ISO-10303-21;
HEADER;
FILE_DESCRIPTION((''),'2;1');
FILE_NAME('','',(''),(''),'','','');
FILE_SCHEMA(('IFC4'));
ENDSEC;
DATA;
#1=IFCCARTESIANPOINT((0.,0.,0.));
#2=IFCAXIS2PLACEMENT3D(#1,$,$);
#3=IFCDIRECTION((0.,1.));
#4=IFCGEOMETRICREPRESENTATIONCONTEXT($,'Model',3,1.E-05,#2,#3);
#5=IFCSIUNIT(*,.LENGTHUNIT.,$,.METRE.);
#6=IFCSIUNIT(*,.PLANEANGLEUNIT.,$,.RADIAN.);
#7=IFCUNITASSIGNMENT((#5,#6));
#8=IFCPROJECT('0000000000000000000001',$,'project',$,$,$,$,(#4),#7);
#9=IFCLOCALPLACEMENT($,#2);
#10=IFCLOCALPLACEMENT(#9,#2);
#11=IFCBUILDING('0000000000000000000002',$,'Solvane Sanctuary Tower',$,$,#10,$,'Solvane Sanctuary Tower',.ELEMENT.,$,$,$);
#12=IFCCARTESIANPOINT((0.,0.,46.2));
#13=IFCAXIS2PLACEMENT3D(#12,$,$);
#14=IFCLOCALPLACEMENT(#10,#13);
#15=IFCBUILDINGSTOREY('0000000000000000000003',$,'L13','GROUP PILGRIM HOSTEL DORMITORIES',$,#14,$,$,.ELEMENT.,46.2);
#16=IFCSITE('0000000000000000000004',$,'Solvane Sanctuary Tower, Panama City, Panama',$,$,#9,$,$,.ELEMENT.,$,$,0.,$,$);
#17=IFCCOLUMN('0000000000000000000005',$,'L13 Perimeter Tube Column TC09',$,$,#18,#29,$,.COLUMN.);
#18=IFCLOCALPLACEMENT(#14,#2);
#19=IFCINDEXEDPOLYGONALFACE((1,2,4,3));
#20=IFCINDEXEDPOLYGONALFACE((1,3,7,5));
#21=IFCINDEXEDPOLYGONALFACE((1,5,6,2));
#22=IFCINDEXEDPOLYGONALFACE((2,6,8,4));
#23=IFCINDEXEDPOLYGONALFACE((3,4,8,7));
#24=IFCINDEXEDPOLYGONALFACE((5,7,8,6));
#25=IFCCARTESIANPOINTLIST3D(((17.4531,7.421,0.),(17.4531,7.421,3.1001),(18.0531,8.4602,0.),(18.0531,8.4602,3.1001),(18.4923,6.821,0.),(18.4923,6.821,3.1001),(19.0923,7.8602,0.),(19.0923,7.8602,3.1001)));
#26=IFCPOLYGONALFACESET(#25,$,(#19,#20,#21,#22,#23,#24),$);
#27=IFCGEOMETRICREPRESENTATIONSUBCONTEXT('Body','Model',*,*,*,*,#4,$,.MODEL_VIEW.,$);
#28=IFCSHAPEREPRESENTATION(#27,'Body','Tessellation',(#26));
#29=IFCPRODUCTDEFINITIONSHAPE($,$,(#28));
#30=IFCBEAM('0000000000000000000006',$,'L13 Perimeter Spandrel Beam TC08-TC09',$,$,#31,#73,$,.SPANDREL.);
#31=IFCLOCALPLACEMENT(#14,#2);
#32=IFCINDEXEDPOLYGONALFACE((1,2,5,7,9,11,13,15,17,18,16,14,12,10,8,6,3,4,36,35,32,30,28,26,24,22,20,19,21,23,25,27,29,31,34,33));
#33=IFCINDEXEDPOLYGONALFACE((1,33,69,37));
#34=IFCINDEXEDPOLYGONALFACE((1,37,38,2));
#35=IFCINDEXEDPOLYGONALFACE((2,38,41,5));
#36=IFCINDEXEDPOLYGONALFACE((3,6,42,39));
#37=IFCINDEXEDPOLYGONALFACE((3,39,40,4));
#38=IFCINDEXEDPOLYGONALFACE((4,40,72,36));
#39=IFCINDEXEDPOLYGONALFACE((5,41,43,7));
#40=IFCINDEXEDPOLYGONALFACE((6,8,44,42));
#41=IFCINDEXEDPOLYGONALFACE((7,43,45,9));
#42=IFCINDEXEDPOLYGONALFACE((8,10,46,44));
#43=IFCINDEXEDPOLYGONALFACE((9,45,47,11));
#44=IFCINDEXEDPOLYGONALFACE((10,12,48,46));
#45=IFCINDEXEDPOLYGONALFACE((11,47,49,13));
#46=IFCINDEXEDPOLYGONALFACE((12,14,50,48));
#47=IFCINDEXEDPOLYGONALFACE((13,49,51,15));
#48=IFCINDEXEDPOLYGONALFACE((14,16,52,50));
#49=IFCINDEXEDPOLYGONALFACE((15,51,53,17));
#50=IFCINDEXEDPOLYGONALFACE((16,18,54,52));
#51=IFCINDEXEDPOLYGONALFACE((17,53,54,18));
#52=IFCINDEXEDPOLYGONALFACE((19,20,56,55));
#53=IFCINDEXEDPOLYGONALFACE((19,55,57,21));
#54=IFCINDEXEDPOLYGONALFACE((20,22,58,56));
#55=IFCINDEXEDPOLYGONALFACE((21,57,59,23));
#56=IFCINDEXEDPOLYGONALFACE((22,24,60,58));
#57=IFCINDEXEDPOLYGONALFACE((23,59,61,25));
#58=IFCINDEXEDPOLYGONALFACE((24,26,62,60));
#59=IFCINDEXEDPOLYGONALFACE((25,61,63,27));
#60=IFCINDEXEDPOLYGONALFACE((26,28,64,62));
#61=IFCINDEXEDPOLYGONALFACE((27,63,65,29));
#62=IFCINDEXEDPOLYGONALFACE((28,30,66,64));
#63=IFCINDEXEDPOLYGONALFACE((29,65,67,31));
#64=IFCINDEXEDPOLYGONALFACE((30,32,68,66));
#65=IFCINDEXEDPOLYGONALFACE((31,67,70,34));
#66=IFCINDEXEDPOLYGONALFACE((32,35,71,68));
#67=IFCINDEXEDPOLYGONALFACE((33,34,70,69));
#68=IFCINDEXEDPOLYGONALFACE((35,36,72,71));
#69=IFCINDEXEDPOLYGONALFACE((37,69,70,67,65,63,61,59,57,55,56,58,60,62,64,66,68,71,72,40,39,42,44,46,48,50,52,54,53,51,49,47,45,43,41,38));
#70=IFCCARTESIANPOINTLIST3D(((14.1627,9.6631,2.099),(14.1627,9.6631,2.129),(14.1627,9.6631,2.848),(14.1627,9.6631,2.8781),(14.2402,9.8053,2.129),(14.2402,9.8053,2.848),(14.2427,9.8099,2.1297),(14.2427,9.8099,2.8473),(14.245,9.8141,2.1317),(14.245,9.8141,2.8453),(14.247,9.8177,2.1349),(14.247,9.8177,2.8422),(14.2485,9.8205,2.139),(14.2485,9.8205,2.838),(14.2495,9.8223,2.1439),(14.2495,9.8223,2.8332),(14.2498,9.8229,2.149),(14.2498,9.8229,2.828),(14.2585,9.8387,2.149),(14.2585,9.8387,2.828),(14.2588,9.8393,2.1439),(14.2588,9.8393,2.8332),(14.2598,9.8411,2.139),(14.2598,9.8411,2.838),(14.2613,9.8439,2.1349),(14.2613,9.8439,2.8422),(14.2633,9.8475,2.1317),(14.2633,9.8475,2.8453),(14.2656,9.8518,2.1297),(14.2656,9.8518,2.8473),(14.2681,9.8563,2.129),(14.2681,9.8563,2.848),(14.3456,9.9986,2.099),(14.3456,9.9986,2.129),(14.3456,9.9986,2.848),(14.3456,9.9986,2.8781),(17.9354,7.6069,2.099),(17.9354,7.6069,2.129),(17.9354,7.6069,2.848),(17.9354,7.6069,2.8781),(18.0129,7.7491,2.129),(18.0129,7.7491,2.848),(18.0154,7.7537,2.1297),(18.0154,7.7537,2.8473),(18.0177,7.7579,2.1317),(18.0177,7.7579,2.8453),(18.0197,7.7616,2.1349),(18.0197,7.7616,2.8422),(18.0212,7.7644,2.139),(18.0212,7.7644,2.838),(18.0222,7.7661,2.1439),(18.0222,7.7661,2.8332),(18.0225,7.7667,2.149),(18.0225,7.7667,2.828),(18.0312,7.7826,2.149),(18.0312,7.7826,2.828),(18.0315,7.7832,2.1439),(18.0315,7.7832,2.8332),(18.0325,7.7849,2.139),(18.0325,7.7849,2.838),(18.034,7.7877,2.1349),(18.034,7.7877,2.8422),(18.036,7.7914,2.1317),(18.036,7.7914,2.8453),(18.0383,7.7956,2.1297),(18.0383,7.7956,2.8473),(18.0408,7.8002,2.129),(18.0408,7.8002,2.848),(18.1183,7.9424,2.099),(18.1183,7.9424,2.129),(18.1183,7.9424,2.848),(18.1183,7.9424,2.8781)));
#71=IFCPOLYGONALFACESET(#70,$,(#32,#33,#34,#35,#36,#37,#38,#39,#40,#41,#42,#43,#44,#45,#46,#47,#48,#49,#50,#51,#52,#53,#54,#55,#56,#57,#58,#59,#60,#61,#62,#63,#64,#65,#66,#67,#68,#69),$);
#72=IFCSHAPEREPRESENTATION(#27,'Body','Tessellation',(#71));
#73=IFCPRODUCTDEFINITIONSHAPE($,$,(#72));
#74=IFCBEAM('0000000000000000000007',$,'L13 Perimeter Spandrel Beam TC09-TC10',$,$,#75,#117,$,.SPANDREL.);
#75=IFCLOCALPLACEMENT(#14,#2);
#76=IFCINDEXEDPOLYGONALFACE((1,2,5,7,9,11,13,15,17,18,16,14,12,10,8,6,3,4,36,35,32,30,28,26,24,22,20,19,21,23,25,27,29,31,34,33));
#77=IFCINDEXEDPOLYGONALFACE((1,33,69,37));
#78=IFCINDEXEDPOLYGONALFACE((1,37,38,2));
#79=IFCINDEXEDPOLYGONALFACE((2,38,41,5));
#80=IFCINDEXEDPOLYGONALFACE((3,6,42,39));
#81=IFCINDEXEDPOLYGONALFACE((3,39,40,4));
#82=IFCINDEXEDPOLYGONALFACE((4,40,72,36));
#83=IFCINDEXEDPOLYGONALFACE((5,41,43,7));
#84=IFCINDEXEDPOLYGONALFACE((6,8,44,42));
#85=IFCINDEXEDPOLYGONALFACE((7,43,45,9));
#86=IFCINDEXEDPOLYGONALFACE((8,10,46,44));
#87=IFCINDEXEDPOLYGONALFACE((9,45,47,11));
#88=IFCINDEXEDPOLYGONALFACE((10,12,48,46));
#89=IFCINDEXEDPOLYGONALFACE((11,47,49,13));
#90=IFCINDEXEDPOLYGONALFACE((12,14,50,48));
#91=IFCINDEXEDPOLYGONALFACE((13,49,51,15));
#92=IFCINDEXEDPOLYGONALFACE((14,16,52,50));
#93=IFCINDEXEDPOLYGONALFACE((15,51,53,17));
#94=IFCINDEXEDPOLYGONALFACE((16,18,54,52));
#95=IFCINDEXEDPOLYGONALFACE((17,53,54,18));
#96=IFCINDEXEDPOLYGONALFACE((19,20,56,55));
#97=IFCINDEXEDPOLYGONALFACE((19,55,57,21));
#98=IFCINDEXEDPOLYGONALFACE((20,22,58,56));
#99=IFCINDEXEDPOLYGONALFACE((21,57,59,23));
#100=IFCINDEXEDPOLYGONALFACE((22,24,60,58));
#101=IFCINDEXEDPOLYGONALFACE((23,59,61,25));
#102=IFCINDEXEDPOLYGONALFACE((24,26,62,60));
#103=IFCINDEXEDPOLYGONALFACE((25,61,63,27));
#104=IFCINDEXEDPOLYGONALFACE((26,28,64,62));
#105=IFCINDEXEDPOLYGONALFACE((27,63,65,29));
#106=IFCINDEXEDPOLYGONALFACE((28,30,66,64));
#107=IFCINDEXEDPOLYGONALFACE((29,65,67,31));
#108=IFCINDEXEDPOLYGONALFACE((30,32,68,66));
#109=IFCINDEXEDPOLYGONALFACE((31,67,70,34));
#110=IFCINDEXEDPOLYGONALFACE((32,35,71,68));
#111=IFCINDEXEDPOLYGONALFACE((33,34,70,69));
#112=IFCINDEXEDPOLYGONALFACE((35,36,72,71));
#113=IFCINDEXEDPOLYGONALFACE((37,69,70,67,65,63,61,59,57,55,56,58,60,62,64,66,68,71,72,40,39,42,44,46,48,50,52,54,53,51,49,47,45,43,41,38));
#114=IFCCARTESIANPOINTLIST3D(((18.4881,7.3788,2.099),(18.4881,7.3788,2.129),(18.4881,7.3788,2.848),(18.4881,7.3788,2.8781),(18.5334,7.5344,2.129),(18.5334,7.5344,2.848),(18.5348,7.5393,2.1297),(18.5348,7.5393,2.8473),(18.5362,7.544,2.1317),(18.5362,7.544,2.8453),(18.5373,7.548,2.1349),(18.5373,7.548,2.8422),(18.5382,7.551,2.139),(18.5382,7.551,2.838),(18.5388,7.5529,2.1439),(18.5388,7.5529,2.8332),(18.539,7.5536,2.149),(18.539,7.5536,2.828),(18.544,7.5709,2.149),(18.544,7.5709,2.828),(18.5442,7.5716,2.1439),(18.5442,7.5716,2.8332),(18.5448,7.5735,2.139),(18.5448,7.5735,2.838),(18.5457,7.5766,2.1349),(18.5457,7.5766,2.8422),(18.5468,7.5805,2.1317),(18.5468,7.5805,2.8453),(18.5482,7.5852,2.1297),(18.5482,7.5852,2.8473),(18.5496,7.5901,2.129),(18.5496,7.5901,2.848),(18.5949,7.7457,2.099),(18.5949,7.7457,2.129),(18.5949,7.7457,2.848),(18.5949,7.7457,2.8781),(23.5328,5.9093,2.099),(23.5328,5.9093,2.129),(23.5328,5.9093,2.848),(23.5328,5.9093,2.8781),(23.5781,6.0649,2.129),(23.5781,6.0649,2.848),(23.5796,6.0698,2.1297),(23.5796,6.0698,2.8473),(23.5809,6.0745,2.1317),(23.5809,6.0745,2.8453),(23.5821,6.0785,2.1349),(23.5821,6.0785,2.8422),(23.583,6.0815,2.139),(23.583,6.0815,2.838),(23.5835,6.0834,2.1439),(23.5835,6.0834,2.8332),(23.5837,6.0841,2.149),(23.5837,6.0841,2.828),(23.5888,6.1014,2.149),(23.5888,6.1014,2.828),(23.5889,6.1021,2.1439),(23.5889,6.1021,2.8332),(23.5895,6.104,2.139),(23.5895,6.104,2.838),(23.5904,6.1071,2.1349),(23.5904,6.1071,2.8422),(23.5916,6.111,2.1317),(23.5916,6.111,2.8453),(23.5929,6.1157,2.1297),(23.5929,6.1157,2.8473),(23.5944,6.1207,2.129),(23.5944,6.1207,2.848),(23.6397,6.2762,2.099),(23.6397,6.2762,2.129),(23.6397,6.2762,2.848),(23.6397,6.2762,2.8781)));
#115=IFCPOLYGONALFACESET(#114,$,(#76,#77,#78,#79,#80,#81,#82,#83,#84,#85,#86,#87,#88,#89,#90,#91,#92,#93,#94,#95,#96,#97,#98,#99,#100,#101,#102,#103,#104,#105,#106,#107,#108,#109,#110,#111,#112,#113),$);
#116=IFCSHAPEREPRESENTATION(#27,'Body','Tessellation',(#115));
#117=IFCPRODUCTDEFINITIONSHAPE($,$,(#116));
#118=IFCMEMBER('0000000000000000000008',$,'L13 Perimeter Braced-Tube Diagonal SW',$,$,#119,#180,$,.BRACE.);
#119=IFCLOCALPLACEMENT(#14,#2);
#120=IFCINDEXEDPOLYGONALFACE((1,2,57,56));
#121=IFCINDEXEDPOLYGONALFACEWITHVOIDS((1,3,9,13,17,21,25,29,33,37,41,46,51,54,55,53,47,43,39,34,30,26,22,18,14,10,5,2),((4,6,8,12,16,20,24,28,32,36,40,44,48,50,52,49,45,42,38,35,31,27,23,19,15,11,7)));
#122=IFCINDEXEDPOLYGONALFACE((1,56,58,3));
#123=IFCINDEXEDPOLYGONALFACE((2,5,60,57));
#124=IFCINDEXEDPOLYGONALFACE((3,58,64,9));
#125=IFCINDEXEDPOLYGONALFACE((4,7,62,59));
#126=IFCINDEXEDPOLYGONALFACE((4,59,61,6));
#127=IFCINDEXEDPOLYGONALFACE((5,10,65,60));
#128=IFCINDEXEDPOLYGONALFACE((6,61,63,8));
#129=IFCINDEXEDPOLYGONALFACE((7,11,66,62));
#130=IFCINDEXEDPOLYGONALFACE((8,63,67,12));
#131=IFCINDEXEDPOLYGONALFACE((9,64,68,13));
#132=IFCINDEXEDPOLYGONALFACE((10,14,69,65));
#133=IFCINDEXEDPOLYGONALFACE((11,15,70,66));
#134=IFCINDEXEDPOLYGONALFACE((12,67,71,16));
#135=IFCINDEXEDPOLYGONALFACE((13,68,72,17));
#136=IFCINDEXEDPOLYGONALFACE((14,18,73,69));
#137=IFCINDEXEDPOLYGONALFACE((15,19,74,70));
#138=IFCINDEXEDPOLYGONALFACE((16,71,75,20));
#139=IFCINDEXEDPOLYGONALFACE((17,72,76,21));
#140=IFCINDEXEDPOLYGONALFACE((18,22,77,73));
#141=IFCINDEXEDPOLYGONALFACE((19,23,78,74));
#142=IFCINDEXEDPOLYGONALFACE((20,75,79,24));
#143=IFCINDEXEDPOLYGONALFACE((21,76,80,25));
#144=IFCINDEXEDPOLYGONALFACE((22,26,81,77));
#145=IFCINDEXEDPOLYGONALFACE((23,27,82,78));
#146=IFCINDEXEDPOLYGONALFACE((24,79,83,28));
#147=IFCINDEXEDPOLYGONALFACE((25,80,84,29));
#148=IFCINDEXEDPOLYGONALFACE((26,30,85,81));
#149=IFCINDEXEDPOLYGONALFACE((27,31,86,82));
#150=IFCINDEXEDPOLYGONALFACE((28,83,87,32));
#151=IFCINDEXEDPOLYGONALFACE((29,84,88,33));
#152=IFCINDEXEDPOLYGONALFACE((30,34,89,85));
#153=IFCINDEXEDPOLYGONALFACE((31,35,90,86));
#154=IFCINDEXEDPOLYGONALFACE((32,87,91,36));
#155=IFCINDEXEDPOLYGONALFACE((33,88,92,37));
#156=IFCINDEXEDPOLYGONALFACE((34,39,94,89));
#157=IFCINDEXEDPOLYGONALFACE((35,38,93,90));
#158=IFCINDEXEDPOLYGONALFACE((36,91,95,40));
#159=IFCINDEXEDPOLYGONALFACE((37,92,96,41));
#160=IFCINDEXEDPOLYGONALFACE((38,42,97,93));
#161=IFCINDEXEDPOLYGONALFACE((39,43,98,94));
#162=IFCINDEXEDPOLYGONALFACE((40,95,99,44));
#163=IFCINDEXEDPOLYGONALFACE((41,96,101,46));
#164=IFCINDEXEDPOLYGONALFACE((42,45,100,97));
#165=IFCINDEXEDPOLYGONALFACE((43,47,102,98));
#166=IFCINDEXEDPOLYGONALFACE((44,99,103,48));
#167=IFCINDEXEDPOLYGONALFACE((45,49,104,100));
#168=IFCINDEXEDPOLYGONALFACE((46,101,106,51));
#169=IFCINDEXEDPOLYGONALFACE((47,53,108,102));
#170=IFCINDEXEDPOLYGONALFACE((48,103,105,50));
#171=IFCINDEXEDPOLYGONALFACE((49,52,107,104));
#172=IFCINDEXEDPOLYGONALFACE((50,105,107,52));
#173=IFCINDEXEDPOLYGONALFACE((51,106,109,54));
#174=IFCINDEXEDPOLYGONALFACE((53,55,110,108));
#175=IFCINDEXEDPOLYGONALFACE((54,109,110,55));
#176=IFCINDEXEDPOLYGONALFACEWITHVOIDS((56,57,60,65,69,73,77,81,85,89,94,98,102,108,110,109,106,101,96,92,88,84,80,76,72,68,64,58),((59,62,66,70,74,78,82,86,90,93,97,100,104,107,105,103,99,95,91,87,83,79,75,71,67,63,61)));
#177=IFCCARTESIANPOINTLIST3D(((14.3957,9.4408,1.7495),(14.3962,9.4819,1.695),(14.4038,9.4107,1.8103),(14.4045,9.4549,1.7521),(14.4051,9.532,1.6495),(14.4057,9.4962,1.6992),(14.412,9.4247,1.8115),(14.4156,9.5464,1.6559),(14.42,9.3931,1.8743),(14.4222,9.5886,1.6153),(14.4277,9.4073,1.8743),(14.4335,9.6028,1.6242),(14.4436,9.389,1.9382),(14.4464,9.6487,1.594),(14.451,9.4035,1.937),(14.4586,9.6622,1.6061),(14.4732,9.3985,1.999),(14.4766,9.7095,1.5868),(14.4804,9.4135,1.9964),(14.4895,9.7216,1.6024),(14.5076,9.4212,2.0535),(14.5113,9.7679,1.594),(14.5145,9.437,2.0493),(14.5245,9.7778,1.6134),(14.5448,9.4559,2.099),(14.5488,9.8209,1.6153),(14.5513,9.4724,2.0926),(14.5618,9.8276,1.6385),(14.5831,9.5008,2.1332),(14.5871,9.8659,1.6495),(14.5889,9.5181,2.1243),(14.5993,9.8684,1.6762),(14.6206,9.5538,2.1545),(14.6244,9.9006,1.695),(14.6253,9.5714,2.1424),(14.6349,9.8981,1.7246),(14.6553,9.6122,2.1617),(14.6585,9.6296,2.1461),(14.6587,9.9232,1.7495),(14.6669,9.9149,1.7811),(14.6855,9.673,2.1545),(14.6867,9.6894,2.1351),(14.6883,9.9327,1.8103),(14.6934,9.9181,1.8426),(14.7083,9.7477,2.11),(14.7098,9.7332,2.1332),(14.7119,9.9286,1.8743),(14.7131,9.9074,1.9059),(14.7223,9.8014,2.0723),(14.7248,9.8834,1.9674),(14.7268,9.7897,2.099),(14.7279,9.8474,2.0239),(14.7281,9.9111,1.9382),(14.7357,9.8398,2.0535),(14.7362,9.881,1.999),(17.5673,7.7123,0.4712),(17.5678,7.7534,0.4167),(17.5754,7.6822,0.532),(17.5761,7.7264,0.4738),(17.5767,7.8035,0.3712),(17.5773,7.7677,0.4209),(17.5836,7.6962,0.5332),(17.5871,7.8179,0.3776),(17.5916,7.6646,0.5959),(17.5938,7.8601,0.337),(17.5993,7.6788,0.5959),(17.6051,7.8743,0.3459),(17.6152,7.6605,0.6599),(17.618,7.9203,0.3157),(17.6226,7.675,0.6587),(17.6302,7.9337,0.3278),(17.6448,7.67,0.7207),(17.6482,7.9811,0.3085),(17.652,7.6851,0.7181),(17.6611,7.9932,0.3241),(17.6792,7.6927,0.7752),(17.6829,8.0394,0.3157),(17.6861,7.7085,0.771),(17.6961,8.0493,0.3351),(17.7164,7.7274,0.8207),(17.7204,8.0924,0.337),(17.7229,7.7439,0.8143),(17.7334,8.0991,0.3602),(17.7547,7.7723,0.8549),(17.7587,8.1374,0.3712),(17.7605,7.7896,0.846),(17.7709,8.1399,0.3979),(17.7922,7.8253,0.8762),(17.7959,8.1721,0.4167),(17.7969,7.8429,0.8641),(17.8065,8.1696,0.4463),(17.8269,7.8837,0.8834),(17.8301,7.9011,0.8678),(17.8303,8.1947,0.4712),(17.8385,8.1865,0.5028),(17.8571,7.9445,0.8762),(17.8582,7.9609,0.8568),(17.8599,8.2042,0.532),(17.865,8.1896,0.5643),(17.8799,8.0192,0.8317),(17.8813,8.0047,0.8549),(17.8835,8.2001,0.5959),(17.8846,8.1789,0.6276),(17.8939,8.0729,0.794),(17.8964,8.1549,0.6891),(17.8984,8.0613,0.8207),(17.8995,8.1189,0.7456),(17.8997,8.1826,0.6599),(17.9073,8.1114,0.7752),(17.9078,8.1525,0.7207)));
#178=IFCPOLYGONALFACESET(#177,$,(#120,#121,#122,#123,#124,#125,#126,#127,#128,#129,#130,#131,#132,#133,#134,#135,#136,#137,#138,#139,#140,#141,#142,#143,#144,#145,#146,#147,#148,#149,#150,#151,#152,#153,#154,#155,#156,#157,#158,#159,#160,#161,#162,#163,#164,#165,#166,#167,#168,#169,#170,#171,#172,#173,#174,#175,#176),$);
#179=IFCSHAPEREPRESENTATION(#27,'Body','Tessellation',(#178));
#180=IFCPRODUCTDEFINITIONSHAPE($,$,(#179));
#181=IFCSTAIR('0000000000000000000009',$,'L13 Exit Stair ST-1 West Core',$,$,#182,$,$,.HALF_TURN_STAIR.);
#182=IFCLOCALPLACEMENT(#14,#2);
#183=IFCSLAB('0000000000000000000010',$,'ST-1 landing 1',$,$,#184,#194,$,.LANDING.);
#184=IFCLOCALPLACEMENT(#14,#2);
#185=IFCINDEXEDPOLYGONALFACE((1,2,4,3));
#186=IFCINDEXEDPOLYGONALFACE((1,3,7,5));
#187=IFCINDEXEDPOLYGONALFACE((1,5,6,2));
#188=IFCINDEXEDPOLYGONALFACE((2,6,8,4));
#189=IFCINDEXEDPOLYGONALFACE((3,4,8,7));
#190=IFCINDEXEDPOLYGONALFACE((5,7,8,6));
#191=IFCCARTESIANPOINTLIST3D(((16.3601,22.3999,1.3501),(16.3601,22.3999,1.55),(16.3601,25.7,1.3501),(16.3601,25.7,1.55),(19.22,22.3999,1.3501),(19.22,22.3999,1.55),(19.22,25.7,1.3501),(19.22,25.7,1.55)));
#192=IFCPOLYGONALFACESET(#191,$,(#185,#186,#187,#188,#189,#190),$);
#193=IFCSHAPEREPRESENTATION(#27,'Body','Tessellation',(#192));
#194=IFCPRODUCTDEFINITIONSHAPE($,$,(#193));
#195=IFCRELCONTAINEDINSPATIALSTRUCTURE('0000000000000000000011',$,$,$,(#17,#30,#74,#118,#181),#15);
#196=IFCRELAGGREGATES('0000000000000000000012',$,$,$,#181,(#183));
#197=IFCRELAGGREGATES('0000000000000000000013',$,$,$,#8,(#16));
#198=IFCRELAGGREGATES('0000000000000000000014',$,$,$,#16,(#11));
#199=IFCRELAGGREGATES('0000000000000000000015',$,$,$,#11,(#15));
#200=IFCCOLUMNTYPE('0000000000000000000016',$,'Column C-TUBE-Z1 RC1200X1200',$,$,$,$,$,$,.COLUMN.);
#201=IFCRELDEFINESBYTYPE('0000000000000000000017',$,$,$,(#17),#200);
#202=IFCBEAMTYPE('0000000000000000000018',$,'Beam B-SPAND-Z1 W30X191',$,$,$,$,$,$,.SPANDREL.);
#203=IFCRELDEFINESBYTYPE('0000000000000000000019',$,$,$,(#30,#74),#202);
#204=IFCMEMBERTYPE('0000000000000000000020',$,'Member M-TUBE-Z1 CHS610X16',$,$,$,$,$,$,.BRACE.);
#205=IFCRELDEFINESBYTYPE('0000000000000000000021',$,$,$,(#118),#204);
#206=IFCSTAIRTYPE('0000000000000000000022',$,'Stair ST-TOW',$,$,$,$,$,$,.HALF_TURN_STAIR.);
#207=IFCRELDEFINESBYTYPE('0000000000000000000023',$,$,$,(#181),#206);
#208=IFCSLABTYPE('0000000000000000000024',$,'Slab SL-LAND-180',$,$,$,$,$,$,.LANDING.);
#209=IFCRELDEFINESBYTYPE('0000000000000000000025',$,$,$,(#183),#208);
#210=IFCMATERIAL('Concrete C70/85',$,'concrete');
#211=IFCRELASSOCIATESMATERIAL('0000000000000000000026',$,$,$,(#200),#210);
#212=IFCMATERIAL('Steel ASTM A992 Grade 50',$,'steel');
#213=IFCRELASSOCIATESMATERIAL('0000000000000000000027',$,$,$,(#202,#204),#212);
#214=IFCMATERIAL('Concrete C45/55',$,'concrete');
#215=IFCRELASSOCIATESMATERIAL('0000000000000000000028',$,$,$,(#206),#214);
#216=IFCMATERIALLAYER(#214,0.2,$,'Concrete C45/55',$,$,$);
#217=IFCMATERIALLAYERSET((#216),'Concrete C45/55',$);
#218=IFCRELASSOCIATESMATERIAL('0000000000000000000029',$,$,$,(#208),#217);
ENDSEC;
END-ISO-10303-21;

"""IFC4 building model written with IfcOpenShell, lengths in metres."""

from ifc_helpers import new_model, si_unit, direction, frame, origin, origin_2d, place, context, subcontext, project, spatial, polyline, rectangle, hollow_circle, i_section, outline, extrude, material, layer, layer_set, material_profile, profile_set, type_object, element, aggregate, save


model = new_model("IFC4")

# Units and contexts
model_context = context("Model", 3, precision=1e-05, world=origin(), true_north=direction((0.0, 1.0)))
body_context = subcontext(model_context, "Body", "Model", "MODEL_VIEW")
ifc_project = project(units=[si_unit("LENGTHUNIT", "METRE"), si_unit("PLANEANGLEUNIT", "RADIAN")], contexts=[model_context])

# Site, building, storey
site_placement = place(None, origin())
site = spatial("IfcSite", under=ifc_project, at=site_placement, Name="Solvane Sanctuary Tower, Panama City, Panama", CompositionType="ELEMENT", RefElevation=0.0)
building_placement = place(site_placement, origin())
building = spatial("IfcBuilding", under=site, at=building_placement, Name="Solvane Sanctuary Tower", LongName="Solvane Sanctuary Tower", CompositionType="ELEMENT")
storey_placement = place(building_placement, frame((0.0, 0.0, 46.2)))
storey = spatial("IfcBuildingStorey", under=building, at=storey_placement, Name="L13", Description="GROUP PILGRIM HOSTEL DORMITORIES", CompositionType="ELEMENT", Elevation=46.2)

# Column
ifc_material_1 = material(Name="Concrete C70/85", Category="concrete")
ifc_material_profile_1 = material_profile(ifc_material_1, rectangle(XDim=1.2, YDim=1.2, at=origin_2d()), Name="RC1200X1200")
ifc_profile_set_1 = profile_set([ifc_material_profile_1], Name="Concrete C70/85")
column_type = type_object("IfcColumnType", Name="Column C-TUBE-Z1 RC1200X1200", PredefinedType="COLUMN", material=ifc_profile_set_1)
column_placement = place(storey_placement, frame((18.2727, 7.6406, 0.0), z_axis=(0.0, 0.0, 1.0), x_axis=(-0.5, -0.866025, 0.0)))
element("IfcColumn", 1, at=column_placement, inside=storey, type_object=column_type, Name="L13 Perimeter Tube Column TC09", PredefinedType="COLUMN", context=body_context, shape_type="SweptSolid", body=[
    extrude(rectangle(XDim=1.2, YDim=1.2, at=origin_2d()), origin(), (0.0, 0.0, 1.0), 3.1001),
])

# Beams
ifc_material_2 = material(Name="Steel ASTM A992 Grade 50", Category="steel")
ifc_material_profile_2 = material_profile(ifc_material_2, i_section(OverallWidth=0.3821, OverallDepth=0.7791, WebThickness=0.0181, FlangeThickness=0.03, FilletRadius=0.02, at=origin_2d()), Name="W30X191")
ifc_profile_set_2 = profile_set([ifc_material_profile_2], Name="Steel ASTM A992 Grade 50")
beam_type = type_object("IfcBeamType", Name="Beam B-SPAND-Z1 W30X191", PredefinedType="SPANDREL", material=ifc_profile_set_2)
beam_1_placement = place(storey_placement, frame((14.2542, 9.8308, 2.4885), z_axis=(0.878061, -0.47855, 0.0), x_axis=(0.47855, 0.878061, 0.0)))
element("IfcBeam", 2, at=beam_1_placement, inside=storey, type_object=beam_type, Name="L13 Perimeter Spandrel Beam TC08-TC09", PredefinedType="SPANDREL", context=body_context, shape_type="SweptSolid", body=[
    extrude(i_section(OverallWidth=0.3821, OverallDepth=0.7791, WebThickness=0.0181, FlangeThickness=0.03, FilletRadius=0.02, at=origin_2d()), origin(), (0.0, 0.0, 1.0), 4.2966),
])
beam_2_placement = place(storey_placement, frame((18.5415, 7.5623, 2.4885), z_axis=(0.960096, -0.27967, 0.0), x_axis=(0.27967, 0.960096, 0.0)))
element("IfcBeam", 3, at=beam_2_placement, inside=storey, type_object=beam_type, Name="L13 Perimeter Spandrel Beam TC09-TC10", PredefinedType="SPANDREL", context=body_context, shape_type="SweptSolid", body=[
    extrude(i_section(OverallWidth=0.3821, OverallDepth=0.7791, WebThickness=0.0181, FlangeThickness=0.03, FilletRadius=0.02, at=origin_2d()), origin(), (0.0, 0.0, 1.0), 5.2544),
])

# Member
ifc_material_profile_3 = material_profile(ifc_material_2, hollow_circle(Radius=0.3049, WallThickness=0.0161, at=origin_2d()), Name="CHS610X16")
ifc_profile_set_3 = profile_set([ifc_material_profile_3], Name="Steel ASTM A992 Grade 50")
member_type = type_object("IfcMemberType", Name="Member M-TUBE-Z1 CHS610X16", PredefinedType="BRACE", material=ifc_profile_set_3)
member_placement = place(storey_placement, frame((17.7375, 7.9324, 0.5959), z_axis=(-0.827758, 0.451122, 0.333626), x_axis=(-0.47854, -0.878066, 0.0)))
element("IfcMember", 4, at=member_placement, inside=storey, type_object=member_type, Name="L13 Perimeter Braced-Tube Diagonal SW", PredefinedType="BRACE", context=body_context, shape_type="SweptSolid", body=[
    extrude(hollow_circle(Radius=0.3049, WallThickness=0.0161, at=origin_2d()), origin(), (0.0, 0.0, 1.0), 3.8315),
])

# Stair, slab
ifc_material_3 = material(Name="Concrete C45/55", Category="concrete")
stair_type = type_object("IfcStairType", Name="Stair ST-TOW", PredefinedType="HALF_TURN_STAIR", material=ifc_material_3)
stair_1_placement = place(storey_placement, origin())
stair_1 = element("IfcStair", 5, at=stair_1_placement, inside=storey, type_object=stair_type, Name="L13 Exit Stair ST-1 West Core", PredefinedType="HALF_TURN_STAIR")
ifc_layer_1 = layer(ifc_material_3, 0.2, Name="Concrete C45/55")
ifc_layer_set_1 = layer_set([ifc_layer_1], Name="Concrete C45/55")
slab_type_1 = type_object("IfcSlabType", Name="Slab SL-LAND-180", PredefinedType="LANDING", material=ifc_layer_set_1)
slab_1_placement = place(storey_placement, frame((0.0, 0.0, 1.3501)))
slab_1 = element("IfcSlab", 6, at=slab_1_placement, type_object=slab_type_1, Name="ST-1 landing 1", PredefinedType="LANDING", context=body_context, shape_type="SweptSolid", body=[
    extrude(outline(polyline([(19.22, 22.3999), (19.22, 25.7), (16.3601, 25.7), (16.3601, 22.3999), (19.22, 22.3999)])), origin(), (0.0, 0.0, 1.0), 0.2),
])
aggregate(stair_1, [slab_1])

save(model, "model.ifc")
